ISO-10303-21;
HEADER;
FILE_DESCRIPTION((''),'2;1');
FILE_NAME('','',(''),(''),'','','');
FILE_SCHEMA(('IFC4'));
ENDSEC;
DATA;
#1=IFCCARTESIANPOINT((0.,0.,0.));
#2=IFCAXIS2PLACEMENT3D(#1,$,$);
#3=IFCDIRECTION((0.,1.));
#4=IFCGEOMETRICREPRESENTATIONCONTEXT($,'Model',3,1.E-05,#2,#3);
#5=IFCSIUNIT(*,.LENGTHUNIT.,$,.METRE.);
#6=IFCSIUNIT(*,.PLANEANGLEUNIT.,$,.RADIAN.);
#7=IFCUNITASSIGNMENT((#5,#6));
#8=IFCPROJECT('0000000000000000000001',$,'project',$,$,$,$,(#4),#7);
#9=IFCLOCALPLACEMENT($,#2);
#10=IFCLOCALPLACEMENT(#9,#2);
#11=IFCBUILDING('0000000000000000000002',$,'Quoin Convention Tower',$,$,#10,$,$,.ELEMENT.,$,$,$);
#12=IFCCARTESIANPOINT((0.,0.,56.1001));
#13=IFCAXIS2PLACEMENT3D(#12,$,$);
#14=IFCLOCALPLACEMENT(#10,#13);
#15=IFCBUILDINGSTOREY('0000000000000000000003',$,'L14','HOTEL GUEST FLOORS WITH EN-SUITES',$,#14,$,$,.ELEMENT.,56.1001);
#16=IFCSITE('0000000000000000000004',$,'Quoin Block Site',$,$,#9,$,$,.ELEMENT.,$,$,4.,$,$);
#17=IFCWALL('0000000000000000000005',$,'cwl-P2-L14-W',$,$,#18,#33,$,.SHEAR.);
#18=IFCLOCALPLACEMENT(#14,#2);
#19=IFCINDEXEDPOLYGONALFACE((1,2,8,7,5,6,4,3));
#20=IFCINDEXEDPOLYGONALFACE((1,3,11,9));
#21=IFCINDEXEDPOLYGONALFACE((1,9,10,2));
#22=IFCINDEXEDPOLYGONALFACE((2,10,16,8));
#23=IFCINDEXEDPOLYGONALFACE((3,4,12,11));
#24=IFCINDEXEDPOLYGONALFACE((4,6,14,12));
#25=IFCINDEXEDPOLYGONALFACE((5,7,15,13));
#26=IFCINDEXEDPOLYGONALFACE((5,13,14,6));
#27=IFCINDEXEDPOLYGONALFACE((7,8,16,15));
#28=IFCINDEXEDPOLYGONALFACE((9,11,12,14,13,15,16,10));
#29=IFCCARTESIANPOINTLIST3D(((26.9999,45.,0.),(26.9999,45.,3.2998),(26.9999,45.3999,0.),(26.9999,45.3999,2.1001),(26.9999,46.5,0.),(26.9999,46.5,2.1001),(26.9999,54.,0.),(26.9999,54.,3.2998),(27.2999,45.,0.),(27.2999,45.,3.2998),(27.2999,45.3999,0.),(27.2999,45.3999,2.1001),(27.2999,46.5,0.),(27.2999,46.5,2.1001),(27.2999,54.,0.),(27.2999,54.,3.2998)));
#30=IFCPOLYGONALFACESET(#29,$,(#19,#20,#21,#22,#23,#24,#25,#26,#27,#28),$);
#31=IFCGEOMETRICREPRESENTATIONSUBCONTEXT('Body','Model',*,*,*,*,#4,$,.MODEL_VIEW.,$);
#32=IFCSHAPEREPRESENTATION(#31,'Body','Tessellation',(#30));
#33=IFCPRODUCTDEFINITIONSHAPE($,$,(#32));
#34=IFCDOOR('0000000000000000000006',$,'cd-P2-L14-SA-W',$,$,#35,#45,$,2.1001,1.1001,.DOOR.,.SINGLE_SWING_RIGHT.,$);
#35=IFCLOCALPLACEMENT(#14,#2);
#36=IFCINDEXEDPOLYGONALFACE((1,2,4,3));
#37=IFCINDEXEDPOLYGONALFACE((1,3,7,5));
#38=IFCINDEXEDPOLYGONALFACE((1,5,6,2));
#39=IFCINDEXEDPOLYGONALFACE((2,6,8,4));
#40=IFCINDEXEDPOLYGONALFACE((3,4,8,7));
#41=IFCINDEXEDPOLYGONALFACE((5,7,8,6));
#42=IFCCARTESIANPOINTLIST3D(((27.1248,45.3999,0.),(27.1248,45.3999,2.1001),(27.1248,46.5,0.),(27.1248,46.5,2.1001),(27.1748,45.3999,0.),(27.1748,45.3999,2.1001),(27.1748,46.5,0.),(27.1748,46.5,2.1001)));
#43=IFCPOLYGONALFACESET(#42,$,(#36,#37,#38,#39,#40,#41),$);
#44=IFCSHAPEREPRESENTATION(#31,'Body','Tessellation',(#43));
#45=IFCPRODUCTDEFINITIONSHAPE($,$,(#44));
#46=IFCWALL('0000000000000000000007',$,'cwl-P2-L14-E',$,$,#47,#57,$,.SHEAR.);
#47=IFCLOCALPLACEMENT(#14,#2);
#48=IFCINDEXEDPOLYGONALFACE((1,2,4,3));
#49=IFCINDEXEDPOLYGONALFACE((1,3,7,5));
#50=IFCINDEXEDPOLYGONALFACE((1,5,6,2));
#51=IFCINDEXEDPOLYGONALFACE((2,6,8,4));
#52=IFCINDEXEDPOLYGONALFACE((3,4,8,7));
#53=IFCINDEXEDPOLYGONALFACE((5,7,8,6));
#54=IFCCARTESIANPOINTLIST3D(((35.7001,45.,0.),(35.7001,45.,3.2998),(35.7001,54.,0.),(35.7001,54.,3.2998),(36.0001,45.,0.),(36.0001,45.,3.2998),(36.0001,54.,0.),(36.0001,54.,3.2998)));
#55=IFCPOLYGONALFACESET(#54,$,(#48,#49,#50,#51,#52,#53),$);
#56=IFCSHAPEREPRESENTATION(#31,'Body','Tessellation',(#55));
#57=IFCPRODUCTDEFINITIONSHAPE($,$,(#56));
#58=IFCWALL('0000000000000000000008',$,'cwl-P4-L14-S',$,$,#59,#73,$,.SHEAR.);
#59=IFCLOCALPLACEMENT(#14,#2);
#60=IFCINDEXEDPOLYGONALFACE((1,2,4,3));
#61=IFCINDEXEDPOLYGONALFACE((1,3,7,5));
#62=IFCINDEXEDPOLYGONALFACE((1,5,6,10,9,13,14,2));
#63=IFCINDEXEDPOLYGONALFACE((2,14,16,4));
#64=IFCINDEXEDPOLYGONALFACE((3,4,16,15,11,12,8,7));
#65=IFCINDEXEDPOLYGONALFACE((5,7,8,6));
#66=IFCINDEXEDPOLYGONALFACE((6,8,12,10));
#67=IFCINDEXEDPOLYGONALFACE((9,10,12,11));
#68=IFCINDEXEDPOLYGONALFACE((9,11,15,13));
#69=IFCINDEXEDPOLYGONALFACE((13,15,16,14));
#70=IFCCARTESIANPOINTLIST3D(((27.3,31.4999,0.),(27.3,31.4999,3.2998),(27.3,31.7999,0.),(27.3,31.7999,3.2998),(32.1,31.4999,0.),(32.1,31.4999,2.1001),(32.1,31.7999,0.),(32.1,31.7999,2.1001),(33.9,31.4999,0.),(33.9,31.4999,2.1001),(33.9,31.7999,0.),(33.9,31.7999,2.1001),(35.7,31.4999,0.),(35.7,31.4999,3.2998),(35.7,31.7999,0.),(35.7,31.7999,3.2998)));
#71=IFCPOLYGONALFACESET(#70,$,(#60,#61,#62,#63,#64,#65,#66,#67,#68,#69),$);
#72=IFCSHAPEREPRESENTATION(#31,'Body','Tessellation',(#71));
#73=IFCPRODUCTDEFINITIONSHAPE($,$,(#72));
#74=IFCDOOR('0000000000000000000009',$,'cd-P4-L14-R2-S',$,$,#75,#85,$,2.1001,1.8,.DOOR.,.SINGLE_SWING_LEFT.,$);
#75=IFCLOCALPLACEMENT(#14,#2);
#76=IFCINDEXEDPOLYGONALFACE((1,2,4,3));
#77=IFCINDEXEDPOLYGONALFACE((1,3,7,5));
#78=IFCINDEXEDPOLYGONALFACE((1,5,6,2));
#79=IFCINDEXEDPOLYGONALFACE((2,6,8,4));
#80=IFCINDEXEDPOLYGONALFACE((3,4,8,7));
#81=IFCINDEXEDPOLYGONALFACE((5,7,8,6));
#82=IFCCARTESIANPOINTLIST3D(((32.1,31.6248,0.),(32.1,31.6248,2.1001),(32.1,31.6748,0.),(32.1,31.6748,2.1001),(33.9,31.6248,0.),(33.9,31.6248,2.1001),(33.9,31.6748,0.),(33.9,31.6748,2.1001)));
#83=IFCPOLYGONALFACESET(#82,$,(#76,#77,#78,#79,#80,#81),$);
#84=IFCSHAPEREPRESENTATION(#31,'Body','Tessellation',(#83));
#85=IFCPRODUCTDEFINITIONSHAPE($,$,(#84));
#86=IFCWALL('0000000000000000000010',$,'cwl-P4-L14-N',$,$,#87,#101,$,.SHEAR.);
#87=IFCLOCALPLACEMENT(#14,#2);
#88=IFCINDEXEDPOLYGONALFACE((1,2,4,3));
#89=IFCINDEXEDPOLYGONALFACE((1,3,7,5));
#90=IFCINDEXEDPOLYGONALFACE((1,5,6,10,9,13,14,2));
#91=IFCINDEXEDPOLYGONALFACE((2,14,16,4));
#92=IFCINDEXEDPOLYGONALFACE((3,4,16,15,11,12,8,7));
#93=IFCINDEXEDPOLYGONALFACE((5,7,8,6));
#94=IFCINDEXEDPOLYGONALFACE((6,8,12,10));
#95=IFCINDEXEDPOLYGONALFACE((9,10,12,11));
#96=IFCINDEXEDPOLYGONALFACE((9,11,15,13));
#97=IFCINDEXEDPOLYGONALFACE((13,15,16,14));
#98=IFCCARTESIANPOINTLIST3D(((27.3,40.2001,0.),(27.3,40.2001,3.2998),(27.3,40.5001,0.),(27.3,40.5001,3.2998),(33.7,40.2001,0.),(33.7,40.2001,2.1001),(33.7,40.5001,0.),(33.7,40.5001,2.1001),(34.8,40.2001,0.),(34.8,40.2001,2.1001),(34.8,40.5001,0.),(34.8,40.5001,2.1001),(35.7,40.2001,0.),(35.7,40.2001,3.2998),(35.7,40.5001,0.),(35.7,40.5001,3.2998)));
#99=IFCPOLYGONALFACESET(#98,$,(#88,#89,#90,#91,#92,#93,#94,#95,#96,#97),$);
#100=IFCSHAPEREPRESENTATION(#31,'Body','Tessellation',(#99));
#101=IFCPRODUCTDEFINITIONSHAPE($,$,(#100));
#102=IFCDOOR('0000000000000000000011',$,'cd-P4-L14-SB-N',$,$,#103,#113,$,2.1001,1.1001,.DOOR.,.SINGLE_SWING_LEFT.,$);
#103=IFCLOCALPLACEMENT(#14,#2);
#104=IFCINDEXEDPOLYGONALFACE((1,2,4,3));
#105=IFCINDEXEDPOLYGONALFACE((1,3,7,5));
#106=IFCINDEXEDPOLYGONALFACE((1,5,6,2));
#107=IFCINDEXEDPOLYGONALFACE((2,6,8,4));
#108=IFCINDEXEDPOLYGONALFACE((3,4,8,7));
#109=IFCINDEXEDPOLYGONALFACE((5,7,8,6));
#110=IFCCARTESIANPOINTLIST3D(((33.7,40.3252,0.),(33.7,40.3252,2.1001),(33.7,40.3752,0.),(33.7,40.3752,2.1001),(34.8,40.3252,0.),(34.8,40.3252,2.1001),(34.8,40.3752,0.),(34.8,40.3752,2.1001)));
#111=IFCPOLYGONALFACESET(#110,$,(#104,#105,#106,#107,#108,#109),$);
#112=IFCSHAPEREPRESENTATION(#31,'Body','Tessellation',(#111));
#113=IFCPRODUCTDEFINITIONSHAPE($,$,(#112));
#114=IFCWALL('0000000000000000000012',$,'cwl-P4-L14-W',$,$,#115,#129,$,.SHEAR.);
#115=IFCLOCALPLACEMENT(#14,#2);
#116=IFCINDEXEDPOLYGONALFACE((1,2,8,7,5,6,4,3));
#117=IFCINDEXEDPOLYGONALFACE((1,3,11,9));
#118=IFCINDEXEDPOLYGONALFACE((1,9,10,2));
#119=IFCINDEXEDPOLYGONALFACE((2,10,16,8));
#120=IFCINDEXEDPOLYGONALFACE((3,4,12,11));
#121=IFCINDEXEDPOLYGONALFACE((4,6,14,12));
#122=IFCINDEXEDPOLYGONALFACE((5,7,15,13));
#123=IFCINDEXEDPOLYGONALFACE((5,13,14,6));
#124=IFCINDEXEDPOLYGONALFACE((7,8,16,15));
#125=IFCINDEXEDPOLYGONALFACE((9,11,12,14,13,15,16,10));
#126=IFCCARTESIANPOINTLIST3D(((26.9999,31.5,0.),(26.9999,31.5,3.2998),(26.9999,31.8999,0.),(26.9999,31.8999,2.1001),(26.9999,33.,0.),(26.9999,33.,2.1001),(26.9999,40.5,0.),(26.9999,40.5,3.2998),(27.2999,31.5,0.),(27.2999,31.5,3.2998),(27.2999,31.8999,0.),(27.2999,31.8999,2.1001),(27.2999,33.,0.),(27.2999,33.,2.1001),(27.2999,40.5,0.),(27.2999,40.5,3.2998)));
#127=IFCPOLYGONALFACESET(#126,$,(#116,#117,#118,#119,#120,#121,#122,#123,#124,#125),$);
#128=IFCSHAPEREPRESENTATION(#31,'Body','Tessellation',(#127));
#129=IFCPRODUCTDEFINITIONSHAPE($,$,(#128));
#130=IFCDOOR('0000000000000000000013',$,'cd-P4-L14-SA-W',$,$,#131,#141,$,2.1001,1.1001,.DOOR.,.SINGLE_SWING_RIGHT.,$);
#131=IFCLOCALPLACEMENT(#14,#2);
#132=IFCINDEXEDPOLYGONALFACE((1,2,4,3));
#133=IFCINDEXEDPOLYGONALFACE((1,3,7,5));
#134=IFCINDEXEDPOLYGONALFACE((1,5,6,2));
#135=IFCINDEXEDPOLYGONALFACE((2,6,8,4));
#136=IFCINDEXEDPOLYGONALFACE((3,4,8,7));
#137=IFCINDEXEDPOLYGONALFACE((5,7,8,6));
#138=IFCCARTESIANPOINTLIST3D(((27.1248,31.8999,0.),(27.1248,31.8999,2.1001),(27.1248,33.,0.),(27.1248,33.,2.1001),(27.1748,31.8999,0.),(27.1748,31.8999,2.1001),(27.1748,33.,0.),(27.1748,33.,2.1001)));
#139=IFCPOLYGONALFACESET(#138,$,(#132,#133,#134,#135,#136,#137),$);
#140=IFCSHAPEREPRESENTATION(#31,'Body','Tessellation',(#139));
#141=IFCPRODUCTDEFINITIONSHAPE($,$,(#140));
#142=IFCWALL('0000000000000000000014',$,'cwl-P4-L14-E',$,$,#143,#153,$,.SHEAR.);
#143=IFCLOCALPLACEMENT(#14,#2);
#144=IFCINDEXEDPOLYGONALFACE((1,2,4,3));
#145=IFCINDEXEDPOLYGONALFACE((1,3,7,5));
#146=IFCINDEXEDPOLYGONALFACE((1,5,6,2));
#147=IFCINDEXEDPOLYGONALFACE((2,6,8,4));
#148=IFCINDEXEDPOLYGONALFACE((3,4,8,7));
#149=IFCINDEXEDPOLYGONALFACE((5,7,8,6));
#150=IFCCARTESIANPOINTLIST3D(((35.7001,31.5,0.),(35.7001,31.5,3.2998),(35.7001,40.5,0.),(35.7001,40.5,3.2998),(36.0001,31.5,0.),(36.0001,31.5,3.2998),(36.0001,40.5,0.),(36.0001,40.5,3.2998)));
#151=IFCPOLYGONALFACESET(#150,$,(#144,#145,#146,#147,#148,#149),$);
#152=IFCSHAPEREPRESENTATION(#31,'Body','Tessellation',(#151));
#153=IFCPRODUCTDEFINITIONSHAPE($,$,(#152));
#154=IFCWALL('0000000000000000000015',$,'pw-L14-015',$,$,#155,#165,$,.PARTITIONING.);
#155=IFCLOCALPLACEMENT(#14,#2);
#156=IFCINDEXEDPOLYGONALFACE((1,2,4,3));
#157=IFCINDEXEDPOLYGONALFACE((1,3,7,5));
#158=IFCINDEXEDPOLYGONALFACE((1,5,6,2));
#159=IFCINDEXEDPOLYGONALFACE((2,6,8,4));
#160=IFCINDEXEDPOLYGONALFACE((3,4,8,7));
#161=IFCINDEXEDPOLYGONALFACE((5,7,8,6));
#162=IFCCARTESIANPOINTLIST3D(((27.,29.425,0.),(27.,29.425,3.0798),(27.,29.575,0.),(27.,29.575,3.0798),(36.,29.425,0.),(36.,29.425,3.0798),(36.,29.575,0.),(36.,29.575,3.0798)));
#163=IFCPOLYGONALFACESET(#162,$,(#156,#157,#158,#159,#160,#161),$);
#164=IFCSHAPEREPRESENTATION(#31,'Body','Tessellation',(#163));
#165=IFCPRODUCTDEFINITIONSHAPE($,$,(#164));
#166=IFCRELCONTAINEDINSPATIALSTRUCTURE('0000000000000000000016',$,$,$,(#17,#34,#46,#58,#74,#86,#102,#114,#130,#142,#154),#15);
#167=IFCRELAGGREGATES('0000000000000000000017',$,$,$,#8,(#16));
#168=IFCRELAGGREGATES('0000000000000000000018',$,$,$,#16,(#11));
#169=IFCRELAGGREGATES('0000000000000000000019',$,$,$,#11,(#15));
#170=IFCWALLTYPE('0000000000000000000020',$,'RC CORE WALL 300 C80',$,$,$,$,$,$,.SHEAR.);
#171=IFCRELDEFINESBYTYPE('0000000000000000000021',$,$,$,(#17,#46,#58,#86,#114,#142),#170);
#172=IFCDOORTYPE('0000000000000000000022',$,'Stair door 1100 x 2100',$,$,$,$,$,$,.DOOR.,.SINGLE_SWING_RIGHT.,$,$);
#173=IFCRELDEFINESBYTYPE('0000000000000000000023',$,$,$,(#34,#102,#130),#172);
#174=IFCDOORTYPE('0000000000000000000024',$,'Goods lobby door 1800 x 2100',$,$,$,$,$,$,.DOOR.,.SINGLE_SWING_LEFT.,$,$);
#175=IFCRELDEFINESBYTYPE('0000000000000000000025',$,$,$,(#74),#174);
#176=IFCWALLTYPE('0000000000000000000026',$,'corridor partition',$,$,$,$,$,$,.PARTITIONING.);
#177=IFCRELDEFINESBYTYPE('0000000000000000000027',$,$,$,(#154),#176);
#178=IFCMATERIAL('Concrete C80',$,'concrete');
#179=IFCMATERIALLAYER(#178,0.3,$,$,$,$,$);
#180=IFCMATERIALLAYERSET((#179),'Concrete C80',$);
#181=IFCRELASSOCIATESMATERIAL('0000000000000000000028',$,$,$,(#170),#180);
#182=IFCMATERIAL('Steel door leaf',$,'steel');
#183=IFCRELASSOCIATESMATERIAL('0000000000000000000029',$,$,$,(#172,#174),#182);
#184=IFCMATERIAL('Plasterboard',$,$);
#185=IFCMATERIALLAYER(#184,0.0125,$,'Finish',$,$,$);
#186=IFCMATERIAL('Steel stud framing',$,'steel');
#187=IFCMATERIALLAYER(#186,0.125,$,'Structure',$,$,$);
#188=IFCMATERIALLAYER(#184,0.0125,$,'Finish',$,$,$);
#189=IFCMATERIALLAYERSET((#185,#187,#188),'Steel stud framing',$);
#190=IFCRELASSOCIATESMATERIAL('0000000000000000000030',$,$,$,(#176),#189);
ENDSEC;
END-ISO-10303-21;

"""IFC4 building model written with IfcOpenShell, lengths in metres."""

from ifc_helpers import new_model, si_unit, direction, frame, frame_2d, origin, place, context, subcontext, project, spatial, rectangle, extrude, material, layer, layer_set, type_object, element, fill, save


model = new_model("IFC4")

# Units and contexts
model_context = context("Model", 3, precision=1e-05, world=origin(), true_north=direction((0.0, 1.0)))
body_context = subcontext(model_context, "Body", "Model", "MODEL_VIEW")
ifc_project = project(units=[si_unit("LENGTHUNIT", "METRE"), si_unit("PLANEANGLEUNIT", "RADIAN")], contexts=[model_context])

# Site, building, storey
site_placement = place(None, origin())
site = spatial("IfcSite", under=ifc_project, at=site_placement, Name="Quoin Block Site", CompositionType="ELEMENT", RefElevation=4.0)
building_placement = place(site_placement, origin())
building = spatial("IfcBuilding", under=site, at=building_placement, Name="Quoin Convention Tower", CompositionType="ELEMENT")
storey_placement = place(building_placement, frame((0.0, 0.0, 56.1001)))
storey = spatial("IfcBuildingStorey", under=building, at=storey_placement, Name="L14", Description="HOTEL GUEST FLOORS WITH EN-SUITES", CompositionType="ELEMENT", Elevation=56.1001)

# Shared definitions
ifc_material_1 = material(Name="Concrete C80", Category="concrete")

# Shared definitions
ifc_material_2 = material(Name="Steel door leaf", Category="steel")

# Wall, opening, door
ifc_layer_1 = layer(ifc_material_1, 0.3)
ifc_layer_set_1 = layer_set([ifc_layer_1], Name="Concrete C80")
wall_type_1 = type_object("IfcWallType", Name="RC CORE WALL 300 C80", PredefinedType="SHEAR", material=ifc_layer_set_1)
wall_1_placement = place(storey_placement, frame((27.1499, 45.0, 0.0), z_axis=(0.0, 0.0, 1.0), x_axis=(0.0, 1.0, 0.0)))
wall_1 = element("IfcWall", 1, at=wall_1_placement, inside=storey, type_object=wall_type_1, Name="cwl-P2-L14-W", PredefinedType="SHEAR", context=body_context, shape_type="SweptSolid", body=[
    extrude(rectangle(XDim=9.0, YDim=0.3, at=frame_2d((4.5, 0.0))), origin(), (0.0, 0.0, 1.0), 3.2998),
])
opening_1_placement = place(wall_1_placement, frame((0.3999, 0.0, 0.0)))
opening_1 = element("IfcOpeningElement", 2, at=opening_1_placement, cuts=wall_1, PredefinedType="OPENING", context=body_context, shape_type="SweptSolid", body=[
    extrude(rectangle(XDim=1.1001, YDim=2.1001, at=frame_2d((0.55, 1.05))), frame((0.0, 0.1599, 0.0), z_axis=(0.0, -1.0, 0.0), x_axis=(1.0, 0.0, 0.0)), (0.0, 0.0, 1.0), 0.3201),
])
door_type_1 = type_object("IfcDoorType", Name="Stair door 1100 x 2100", OperationType="SINGLE_SWING_RIGHT", PredefinedType="DOOR", material=ifc_material_2)
door_1_placement = place(opening_1_placement, frame((1.1001, 0.0, 0.0), z_axis=(0.0, 0.0, 1.0), x_axis=(-1.0, 0.0, 0.0)))
door_1 = element("IfcDoor", 3, at=door_1_placement, inside=storey, type_object=door_type_1, Name="cd-P2-L14-SA-W", OperationType="SINGLE_SWING_RIGHT", OverallHeight=2.1001, OverallWidth=1.1001, PredefinedType="DOOR", context=body_context, shape_type="SweptSolid", body=[
    extrude(rectangle(XDim=1.1001, YDim=2.1001, at=frame_2d((0.55, 1.05))), frame((0.0, 0.0249, 0.0), z_axis=(0.0, -1.0, 0.0), x_axis=(1.0, 0.0, 0.0)), (0.0, 0.0, 1.0), 0.05),
])
fill(opening_1, door_1)

# Wall
wall_2_placement = place(storey_placement, frame((35.8501, 45.0, 0.0), z_axis=(0.0, 0.0, 1.0), x_axis=(0.0, 1.0, 0.0)))
element("IfcWall", 4, at=wall_2_placement, inside=storey, type_object=wall_type_1, Name="cwl-P2-L14-E", PredefinedType="SHEAR", context=body_context, shape_type="SweptSolid", body=[
    extrude(rectangle(XDim=9.0, YDim=0.3, at=frame_2d((4.5, 0.0))), origin(), (0.0, 0.0, 1.0), 3.2998),
])

# Walls, openings, doors
wall_3_placement = place(storey_placement, frame((27.3, 31.6499, 0.0), z_axis=(0.0, 0.0, 1.0), x_axis=(1.0, 0.0, 0.0)))
wall_3 = element("IfcWall", 5, at=wall_3_placement, inside=storey, type_object=wall_type_1, Name="cwl-P4-L14-S", PredefinedType="SHEAR", context=body_context, shape_type="SweptSolid", body=[
    extrude(rectangle(XDim=8.3999, YDim=0.3, at=frame_2d((4.2, 0.0))), origin(), (0.0, 0.0, 1.0), 3.2998),
])
opening_2_placement = place(wall_3_placement, frame((4.8, 0.0, 0.0)))
opening_2 = element("IfcOpeningElement", 6, at=opening_2_placement, cuts=wall_3, PredefinedType="OPENING", context=body_context, shape_type="SweptSolid", body=[
    extrude(rectangle(XDim=1.8, YDim=2.1001, at=frame_2d((0.8999, 1.05))), frame((0.0, 0.1599, 0.0), z_axis=(0.0, -1.0, 0.0), x_axis=(1.0, 0.0, 0.0)), (0.0, 0.0, 1.0), 0.3201),
])
door_type_2 = type_object("IfcDoorType", Name="Goods lobby door 1800 x 2100", OperationType="SINGLE_SWING_LEFT", PredefinedType="DOOR", material=ifc_material_2)
door_2_placement = place(opening_2_placement, origin())
door_2 = element("IfcDoor", 7, at=door_2_placement, inside=storey, type_object=door_type_2, Name="cd-P4-L14-R2-S", OperationType="SINGLE_SWING_LEFT", OverallHeight=2.1001, OverallWidth=1.8, PredefinedType="DOOR", context=body_context, shape_type="SweptSolid", body=[
    extrude(rectangle(XDim=1.8, YDim=2.1001, at=frame_2d((0.8999, 1.05))), frame((0.0, 0.0249, 0.0), z_axis=(0.0, -1.0, 0.0), x_axis=(1.0, 0.0, 0.0)), (0.0, 0.0, 1.0), 0.05),
])
fill(opening_2, door_2)
wall_4_placement = place(storey_placement, frame((27.3, 40.3501, 0.0), z_axis=(0.0, 0.0, 1.0), x_axis=(1.0, 0.0, 0.0)))
wall_4 = element("IfcWall", 8, at=wall_4_placement, inside=storey, type_object=wall_type_1, Name="cwl-P4-L14-N", PredefinedType="SHEAR", context=body_context, shape_type="SweptSolid", body=[
    extrude(rectangle(XDim=8.3999, YDim=0.3, at=frame_2d((4.2, 0.0))), origin(), (0.0, 0.0, 1.0), 3.2998),
])
opening_3_placement = place(wall_4_placement, frame((6.3999, 0.0, 0.0)))
opening_3 = element("IfcOpeningElement", 9, at=opening_3_placement, cuts=wall_4, PredefinedType="OPENING", context=body_context, shape_type="SweptSolid", body=[
    extrude(rectangle(XDim=1.1001, YDim=2.1001, at=frame_2d((0.55, 1.05))), frame((0.0, 0.1599, 0.0), z_axis=(0.0, -1.0, 0.0), x_axis=(1.0, 0.0, 0.0)), (0.0, 0.0, 1.0), 0.3201),
])
door_3_placement = place(opening_3_placement, frame((1.1001, 0.0, 0.0), z_axis=(0.0, 0.0, 1.0), x_axis=(-1.0, 0.0, 0.0)))
door_3 = element("IfcDoor", 10, at=door_3_placement, inside=storey, type_object=door_type_1, Name="cd-P4-L14-SB-N", OperationType="SINGLE_SWING_LEFT", OverallHeight=2.1001, OverallWidth=1.1001, PredefinedType="DOOR", context=body_context, shape_type="SweptSolid", body=[
    extrude(rectangle(XDim=1.1001, YDim=2.1001, at=frame_2d((0.55, 1.05))), frame((0.0, 0.0249, 0.0), z_axis=(0.0, -1.0, 0.0), x_axis=(1.0, 0.0, 0.0)), (0.0, 0.0, 1.0), 0.05),
])
fill(opening_3, door_3)
wall_5_placement = place(storey_placement, frame((27.1499, 31.5, 0.0), z_axis=(0.0, 0.0, 1.0), x_axis=(0.0, 1.0, 0.0)))
wall_5 = element("IfcWall", 11, at=wall_5_placement, inside=storey, type_object=wall_type_1, Name="cwl-P4-L14-W", PredefinedType="SHEAR", context=body_context, shape_type="SweptSolid", body=[
    extrude(rectangle(XDim=9.0, YDim=0.3, at=frame_2d((4.5, 0.0))), origin(), (0.0, 0.0, 1.0), 3.2998),
])
opening_4_placement = place(wall_5_placement, frame((0.3999, 0.0, 0.0)))
opening_4 = element("IfcOpeningElement", 12, at=opening_4_placement, cuts=wall_5, PredefinedType="OPENING", context=body_context, shape_type="SweptSolid", body=[
    extrude(rectangle(XDim=1.1001, YDim=2.1001, at=frame_2d((0.55, 1.05))), frame((0.0, 0.1599, 0.0), z_axis=(0.0, -1.0, 0.0), x_axis=(1.0, 0.0, 0.0)), (0.0, 0.0, 1.0), 0.3201),
])
door_4_placement = place(opening_4_placement, frame((1.1001, 0.0, 0.0), z_axis=(0.0, 0.0, 1.0), x_axis=(-1.0, 0.0, 0.0)))
door_4 = element("IfcDoor", 13, at=door_4_placement, inside=storey, type_object=door_type_1, Name="cd-P4-L14-SA-W", OperationType="SINGLE_SWING_RIGHT", OverallHeight=2.1001, OverallWidth=1.1001, PredefinedType="DOOR", context=body_context, shape_type="SweptSolid", body=[
    extrude(rectangle(XDim=1.1001, YDim=2.1001, at=frame_2d((0.55, 1.05))), frame((0.0, 0.0249, 0.0), z_axis=(0.0, -1.0, 0.0), x_axis=(1.0, 0.0, 0.0)), (0.0, 0.0, 1.0), 0.05),
])
fill(opening_4, door_4)

# Walls
wall_6_placement = place(storey_placement, frame((35.8501, 31.5, 0.0), z_axis=(0.0, 0.0, 1.0), x_axis=(0.0, 1.0, 0.0)))
element("IfcWall", 14, at=wall_6_placement, inside=storey, type_object=wall_type_1, Name="cwl-P4-L14-E", PredefinedType="SHEAR", context=body_context, shape_type="SweptSolid", body=[
    extrude(rectangle(XDim=9.0, YDim=0.3, at=frame_2d((4.5, 0.0))), origin(), (0.0, 0.0, 1.0), 3.2998),
])
ifc_material_3 = material(Name="Plasterboard")
ifc_layer_2 = layer(ifc_material_3, 0.0125, Name="Finish")
ifc_material_4 = material(Name="Steel stud framing", Category="steel")
ifc_layer_3 = layer(ifc_material_4, 0.125, Name="Structure")
ifc_layer_4 = layer(ifc_material_3, 0.0125, Name="Finish")
ifc_layer_set_2 = layer_set([ifc_layer_2, ifc_layer_3, ifc_layer_4], Name="Steel stud framing")
wall_type_2 = type_object("IfcWallType", Name="corridor partition", PredefinedType="PARTITIONING", material=ifc_layer_set_2)
wall_7_placement = place(storey_placement, frame((27.0, 29.5, 0.0), z_axis=(0.0, 0.0, 1.0), x_axis=(1.0, 0.0, 0.0)))
element("IfcWall", 15, at=wall_7_placement, inside=storey, type_object=wall_type_2, Name="pw-L14-015", PredefinedType="PARTITIONING", context=body_context, shape_type="SweptSolid", body=[
    extrude(rectangle(XDim=9.0, YDim=0.1499, at=frame_2d((4.5, 0.0))), origin(), (0.0, 0.0, 1.0), 3.0798),
])

save(model, "model.ifc")
